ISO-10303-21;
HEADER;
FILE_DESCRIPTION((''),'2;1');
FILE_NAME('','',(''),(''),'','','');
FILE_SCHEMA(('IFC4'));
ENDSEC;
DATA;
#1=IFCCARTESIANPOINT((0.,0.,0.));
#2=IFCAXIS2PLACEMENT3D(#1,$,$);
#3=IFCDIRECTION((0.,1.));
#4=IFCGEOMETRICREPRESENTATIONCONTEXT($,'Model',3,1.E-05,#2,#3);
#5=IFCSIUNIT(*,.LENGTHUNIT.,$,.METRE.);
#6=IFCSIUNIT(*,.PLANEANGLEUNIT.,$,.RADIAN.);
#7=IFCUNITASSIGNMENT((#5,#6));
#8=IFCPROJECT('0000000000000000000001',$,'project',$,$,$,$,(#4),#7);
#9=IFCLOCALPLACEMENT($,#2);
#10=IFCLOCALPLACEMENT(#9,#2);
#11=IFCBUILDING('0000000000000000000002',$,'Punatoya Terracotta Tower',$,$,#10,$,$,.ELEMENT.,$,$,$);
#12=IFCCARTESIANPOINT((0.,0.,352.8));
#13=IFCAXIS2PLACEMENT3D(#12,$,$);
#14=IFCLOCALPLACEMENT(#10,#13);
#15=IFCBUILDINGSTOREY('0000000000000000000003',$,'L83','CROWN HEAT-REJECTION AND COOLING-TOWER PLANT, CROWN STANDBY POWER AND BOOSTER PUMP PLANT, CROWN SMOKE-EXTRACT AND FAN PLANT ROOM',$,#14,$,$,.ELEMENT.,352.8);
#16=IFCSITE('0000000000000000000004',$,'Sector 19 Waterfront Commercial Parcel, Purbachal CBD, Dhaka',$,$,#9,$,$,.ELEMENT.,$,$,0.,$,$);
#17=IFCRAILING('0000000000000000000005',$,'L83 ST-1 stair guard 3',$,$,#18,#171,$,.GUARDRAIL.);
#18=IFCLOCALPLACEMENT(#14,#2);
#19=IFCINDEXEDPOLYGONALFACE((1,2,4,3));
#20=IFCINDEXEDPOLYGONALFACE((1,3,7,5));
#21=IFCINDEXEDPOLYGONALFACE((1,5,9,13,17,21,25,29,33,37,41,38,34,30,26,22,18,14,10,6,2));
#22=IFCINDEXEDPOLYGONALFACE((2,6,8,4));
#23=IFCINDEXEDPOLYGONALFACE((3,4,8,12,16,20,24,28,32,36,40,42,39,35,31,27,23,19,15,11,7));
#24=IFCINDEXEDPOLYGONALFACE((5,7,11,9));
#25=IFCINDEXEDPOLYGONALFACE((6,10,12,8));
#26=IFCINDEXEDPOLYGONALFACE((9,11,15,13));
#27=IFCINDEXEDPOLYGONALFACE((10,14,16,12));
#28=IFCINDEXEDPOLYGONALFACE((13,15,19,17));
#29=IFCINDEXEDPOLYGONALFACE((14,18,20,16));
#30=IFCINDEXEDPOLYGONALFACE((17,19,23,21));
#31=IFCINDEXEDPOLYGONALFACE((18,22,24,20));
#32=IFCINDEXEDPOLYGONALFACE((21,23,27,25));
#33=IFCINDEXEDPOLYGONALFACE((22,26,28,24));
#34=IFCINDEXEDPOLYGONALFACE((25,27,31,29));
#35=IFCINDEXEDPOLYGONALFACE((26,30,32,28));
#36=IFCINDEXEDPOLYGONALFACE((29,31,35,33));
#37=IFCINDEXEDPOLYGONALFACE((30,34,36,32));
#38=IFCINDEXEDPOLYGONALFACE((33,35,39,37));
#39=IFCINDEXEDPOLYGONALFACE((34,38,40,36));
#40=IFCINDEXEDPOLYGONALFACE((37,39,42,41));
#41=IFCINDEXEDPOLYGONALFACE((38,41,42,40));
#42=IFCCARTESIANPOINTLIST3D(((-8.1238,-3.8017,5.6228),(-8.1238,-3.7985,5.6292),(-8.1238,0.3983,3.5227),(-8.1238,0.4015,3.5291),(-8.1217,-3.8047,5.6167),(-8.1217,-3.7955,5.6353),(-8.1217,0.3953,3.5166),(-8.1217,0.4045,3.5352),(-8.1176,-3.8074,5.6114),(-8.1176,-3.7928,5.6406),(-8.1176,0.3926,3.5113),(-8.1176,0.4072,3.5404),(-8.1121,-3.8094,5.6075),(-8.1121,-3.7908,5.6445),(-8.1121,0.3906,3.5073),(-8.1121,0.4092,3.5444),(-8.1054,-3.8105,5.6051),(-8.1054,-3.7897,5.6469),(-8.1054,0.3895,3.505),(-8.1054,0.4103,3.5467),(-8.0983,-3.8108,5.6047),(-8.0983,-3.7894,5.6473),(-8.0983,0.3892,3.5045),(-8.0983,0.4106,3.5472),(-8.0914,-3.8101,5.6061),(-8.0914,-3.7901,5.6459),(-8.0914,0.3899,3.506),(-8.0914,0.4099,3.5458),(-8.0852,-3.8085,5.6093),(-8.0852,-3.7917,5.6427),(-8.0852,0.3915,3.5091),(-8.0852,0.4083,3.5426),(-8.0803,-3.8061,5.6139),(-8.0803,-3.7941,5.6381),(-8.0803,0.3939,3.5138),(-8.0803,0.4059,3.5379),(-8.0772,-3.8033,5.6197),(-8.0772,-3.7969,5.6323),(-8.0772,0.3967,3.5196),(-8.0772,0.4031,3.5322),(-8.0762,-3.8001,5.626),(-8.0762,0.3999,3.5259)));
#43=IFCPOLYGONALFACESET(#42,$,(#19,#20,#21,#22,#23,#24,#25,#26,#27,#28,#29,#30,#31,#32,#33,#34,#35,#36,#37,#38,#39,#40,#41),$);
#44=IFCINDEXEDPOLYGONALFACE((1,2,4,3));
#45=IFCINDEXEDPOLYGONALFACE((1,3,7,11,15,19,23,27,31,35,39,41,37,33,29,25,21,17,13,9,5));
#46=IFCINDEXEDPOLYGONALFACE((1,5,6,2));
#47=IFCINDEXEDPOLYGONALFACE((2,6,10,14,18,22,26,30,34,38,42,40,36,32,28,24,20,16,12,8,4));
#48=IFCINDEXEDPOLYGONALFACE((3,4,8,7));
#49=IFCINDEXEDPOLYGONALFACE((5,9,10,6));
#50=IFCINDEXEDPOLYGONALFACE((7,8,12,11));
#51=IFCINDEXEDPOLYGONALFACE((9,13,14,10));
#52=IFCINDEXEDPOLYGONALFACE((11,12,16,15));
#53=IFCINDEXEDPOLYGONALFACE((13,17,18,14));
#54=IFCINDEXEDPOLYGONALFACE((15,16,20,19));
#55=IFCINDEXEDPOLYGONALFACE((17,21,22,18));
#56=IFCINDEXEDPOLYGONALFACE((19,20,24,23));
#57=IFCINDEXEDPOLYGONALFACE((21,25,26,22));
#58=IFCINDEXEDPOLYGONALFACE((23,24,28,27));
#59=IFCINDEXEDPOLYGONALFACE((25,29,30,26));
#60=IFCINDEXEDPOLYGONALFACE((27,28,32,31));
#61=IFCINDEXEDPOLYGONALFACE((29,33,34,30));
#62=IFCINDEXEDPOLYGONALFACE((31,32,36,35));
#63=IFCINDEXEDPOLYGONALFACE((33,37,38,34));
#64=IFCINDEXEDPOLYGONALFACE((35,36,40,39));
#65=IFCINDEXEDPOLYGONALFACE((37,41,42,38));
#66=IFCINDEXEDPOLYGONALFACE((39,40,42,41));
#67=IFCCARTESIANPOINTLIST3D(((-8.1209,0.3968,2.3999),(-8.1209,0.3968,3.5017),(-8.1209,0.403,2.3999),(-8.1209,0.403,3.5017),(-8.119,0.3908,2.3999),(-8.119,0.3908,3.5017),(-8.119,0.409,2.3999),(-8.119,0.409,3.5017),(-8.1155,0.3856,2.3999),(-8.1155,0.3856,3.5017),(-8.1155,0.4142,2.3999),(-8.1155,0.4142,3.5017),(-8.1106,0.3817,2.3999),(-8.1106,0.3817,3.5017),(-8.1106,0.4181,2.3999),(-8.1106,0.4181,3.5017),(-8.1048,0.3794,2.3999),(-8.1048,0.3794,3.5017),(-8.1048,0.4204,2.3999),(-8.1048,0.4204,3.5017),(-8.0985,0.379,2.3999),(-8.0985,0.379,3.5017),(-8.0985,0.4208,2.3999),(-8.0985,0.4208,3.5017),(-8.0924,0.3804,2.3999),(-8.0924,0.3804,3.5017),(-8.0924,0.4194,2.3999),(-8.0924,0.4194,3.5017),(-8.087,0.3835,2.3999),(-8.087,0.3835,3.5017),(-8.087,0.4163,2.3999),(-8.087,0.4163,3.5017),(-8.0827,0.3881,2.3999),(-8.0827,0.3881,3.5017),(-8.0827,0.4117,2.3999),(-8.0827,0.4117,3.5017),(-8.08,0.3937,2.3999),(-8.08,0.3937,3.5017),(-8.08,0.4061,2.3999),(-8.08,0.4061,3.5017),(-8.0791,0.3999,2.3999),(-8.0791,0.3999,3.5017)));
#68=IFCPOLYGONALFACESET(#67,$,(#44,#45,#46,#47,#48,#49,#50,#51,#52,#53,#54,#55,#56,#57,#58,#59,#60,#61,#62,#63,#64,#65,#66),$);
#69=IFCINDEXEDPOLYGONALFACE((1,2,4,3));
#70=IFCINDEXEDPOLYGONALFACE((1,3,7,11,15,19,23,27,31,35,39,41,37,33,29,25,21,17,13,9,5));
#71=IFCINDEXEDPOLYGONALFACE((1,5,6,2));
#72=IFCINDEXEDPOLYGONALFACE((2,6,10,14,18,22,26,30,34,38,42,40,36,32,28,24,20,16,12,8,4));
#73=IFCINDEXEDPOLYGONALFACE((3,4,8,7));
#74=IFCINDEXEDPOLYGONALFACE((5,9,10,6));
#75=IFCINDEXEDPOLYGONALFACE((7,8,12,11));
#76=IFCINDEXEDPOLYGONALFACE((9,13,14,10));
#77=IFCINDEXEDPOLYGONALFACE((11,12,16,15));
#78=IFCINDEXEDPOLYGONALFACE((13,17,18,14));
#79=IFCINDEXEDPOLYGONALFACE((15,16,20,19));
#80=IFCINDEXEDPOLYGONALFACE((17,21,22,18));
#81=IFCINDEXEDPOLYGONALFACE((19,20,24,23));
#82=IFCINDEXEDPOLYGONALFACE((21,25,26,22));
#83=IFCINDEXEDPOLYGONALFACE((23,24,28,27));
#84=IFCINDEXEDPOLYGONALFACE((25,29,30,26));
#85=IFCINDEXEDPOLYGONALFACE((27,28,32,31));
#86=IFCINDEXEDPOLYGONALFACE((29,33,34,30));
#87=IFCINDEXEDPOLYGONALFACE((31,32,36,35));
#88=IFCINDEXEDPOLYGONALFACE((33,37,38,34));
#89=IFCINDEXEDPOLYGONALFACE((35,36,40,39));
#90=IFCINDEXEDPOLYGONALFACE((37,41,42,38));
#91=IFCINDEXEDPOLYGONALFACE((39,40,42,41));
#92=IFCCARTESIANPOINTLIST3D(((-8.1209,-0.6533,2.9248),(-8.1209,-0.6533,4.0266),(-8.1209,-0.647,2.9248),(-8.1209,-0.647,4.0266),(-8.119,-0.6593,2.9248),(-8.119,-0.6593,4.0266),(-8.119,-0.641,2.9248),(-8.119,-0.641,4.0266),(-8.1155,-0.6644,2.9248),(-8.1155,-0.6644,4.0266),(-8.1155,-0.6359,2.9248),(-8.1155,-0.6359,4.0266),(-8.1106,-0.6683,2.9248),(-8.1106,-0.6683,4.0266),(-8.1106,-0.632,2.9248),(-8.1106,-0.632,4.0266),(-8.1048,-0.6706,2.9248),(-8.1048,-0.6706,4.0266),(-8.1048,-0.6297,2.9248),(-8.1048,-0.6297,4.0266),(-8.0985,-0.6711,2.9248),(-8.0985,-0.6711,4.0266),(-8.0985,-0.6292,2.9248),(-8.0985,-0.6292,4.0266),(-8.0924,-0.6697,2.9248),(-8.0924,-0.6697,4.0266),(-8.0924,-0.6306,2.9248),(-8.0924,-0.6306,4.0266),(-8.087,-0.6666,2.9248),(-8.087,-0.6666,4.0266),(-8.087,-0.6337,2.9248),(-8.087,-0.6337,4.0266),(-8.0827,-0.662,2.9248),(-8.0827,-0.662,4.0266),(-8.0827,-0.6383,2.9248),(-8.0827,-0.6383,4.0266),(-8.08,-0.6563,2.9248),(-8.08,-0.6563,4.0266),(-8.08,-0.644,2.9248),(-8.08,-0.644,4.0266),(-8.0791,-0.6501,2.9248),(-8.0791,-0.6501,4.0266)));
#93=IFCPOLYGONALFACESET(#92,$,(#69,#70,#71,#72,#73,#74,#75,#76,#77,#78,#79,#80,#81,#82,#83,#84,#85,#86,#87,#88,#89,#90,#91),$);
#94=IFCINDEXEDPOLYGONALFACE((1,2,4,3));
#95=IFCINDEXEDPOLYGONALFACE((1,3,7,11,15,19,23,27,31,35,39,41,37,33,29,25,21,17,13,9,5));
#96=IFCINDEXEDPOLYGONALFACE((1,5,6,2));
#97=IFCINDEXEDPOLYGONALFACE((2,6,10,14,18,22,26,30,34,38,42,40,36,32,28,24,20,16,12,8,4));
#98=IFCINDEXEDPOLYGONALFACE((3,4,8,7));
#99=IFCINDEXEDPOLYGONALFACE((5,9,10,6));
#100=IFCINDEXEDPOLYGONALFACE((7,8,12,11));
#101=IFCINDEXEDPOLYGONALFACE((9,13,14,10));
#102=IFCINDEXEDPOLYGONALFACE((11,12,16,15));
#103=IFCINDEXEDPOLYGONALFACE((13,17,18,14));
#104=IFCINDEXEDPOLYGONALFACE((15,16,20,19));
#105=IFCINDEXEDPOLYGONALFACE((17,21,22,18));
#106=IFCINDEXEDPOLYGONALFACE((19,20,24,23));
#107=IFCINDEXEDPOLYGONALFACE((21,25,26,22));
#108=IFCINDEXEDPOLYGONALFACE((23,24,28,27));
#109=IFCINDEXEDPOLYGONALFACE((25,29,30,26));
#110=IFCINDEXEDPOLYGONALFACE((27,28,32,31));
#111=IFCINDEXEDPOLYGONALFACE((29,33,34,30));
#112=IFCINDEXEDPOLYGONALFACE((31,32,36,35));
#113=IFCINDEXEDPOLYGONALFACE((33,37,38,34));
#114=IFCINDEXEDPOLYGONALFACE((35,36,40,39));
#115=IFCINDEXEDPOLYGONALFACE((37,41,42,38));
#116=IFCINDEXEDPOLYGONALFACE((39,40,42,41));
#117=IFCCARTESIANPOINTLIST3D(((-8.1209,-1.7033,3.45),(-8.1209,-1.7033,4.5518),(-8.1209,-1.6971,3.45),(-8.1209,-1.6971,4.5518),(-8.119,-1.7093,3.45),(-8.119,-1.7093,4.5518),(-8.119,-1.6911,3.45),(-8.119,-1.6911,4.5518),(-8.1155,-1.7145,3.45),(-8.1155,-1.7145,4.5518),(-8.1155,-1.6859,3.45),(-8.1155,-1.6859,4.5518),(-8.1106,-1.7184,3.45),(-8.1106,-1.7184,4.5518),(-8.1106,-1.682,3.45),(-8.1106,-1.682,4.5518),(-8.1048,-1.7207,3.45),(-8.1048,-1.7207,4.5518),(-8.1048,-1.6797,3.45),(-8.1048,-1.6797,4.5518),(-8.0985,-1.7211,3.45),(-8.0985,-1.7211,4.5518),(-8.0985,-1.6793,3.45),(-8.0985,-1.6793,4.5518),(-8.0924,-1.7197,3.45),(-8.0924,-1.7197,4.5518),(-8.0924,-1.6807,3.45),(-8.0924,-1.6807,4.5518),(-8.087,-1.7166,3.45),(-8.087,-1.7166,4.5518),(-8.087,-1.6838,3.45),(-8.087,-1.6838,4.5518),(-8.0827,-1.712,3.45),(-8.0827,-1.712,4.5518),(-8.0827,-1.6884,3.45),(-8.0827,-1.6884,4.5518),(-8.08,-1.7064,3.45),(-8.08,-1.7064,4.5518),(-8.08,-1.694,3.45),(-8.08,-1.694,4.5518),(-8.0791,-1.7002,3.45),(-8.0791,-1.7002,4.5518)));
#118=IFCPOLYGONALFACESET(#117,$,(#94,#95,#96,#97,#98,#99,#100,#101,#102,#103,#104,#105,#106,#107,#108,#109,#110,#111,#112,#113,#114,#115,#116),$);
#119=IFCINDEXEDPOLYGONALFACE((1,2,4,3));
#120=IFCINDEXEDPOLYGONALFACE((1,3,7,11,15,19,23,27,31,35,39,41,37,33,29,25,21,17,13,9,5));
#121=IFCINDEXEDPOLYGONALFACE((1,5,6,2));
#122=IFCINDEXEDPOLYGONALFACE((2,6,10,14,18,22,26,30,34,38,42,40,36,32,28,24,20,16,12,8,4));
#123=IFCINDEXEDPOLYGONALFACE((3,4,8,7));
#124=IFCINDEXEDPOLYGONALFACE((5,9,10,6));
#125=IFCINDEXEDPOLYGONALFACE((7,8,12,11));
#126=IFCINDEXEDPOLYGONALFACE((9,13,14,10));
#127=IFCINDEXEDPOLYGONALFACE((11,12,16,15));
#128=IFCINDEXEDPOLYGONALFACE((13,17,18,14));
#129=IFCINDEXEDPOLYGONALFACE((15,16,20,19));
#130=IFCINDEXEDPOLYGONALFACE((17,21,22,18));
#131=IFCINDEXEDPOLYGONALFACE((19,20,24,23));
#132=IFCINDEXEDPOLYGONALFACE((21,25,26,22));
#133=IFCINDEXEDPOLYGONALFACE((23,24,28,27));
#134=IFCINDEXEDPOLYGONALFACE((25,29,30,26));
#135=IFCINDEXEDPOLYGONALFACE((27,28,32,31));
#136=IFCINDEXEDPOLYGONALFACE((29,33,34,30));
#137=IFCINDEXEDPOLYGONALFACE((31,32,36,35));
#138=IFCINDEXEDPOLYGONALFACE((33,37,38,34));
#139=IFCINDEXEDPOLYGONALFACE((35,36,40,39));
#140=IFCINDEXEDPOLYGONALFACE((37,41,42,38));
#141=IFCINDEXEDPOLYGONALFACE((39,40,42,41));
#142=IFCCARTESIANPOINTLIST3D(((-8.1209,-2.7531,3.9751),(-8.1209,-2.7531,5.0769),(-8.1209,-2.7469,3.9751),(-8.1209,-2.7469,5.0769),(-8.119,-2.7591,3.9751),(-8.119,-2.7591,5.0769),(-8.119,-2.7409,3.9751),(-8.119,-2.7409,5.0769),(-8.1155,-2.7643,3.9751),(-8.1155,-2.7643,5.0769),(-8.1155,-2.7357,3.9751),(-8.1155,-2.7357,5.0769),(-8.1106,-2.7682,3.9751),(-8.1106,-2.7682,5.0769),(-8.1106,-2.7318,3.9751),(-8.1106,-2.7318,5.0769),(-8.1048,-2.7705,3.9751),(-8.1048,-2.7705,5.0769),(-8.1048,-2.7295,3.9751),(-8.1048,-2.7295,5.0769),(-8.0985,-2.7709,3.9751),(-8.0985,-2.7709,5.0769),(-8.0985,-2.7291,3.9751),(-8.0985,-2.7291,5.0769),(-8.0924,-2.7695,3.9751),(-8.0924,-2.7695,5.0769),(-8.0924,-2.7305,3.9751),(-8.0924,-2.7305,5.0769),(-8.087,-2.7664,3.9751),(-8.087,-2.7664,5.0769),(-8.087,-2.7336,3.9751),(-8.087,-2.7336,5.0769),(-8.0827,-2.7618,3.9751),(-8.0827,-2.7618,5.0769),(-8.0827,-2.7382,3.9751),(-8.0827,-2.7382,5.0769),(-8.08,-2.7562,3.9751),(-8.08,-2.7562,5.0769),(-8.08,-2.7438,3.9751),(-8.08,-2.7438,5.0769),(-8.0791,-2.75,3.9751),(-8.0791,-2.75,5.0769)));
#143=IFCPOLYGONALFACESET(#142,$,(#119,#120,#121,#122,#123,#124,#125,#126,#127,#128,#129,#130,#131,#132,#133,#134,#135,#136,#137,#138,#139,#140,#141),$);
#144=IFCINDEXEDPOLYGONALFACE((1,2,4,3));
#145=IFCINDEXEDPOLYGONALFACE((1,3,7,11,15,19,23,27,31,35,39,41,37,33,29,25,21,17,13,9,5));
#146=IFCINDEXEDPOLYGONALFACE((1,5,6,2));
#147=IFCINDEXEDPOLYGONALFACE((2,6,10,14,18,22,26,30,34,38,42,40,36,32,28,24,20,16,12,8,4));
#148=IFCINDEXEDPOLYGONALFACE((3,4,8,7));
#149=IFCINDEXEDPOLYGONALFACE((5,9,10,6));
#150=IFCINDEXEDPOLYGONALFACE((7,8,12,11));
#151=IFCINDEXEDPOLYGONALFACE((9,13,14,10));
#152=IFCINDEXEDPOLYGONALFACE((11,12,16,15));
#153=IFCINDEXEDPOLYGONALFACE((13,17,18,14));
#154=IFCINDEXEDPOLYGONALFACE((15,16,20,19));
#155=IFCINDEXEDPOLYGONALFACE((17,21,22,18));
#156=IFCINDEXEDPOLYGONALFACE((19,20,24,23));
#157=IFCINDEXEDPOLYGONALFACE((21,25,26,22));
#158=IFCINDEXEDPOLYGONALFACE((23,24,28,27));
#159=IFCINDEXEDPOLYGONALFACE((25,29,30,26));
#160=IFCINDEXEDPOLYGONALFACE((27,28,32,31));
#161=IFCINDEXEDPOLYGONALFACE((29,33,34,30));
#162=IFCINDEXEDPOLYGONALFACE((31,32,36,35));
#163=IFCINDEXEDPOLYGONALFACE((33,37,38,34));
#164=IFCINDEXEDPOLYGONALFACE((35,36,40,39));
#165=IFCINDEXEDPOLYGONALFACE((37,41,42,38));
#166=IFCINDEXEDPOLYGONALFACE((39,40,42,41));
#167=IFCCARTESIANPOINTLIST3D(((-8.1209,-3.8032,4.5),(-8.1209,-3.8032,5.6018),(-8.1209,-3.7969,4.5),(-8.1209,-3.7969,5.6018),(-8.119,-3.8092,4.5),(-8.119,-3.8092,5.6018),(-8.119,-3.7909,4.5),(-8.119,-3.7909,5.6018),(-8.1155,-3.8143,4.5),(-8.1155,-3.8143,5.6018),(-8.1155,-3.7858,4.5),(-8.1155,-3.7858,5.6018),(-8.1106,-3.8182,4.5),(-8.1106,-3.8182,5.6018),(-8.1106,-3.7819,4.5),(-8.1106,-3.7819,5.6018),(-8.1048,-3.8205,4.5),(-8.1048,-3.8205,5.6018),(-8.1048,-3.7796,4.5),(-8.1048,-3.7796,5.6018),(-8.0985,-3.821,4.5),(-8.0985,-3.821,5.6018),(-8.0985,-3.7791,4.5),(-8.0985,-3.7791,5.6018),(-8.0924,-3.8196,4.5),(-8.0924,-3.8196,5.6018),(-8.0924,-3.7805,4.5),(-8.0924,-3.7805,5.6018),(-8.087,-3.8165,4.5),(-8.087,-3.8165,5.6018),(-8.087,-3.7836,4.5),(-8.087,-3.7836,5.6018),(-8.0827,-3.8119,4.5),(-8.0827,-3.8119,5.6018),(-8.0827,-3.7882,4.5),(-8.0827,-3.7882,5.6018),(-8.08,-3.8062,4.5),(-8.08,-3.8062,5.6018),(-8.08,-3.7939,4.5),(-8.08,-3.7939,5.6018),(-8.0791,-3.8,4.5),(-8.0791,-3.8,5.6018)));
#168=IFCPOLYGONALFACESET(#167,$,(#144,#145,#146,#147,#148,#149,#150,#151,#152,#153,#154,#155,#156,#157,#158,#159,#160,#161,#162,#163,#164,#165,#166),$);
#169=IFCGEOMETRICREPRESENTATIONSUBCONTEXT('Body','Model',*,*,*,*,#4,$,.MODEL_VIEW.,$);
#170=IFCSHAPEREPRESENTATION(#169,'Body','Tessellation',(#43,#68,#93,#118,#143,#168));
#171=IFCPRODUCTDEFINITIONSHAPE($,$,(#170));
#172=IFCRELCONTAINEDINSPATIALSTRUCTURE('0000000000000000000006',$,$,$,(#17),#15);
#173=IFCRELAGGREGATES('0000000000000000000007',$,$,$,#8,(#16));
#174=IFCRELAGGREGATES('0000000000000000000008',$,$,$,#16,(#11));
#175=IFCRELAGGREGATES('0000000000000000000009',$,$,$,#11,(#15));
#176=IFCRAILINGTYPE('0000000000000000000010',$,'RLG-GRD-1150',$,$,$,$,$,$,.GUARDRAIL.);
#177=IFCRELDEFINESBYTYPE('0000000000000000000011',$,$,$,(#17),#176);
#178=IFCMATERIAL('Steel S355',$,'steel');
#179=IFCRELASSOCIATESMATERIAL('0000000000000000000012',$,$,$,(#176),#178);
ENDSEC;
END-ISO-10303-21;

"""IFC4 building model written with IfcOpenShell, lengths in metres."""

from ifc_helpers import new_model, si_unit, direction, frame, origin, origin_2d, place, context, subcontext, project, spatial, circle, extrude, material, type_object, element, save


model = new_model("IFC4")

# Units and contexts
model_context = context("Model", 3, precision=1e-05, world=origin(), true_north=direction((0.0, 1.0)))
body_context = subcontext(model_context, "Body", "Model", "MODEL_VIEW")
ifc_project = project(units=[si_unit("LENGTHUNIT", "METRE"), si_unit("PLANEANGLEUNIT", "RADIAN")], contexts=[model_context])

# Site, building, storey
site_placement = place(None, origin())
site = spatial("IfcSite", under=ifc_project, at=site_placement, Name="Sector 19 Waterfront Commercial Parcel, Purbachal CBD, Dhaka", CompositionType="ELEMENT", RefElevation=0.0)
building_placement = place(site_placement, origin())
building = spatial("IfcBuilding", under=site, at=building_placement, Name="Punatoya Terracotta Tower", CompositionType="ELEMENT")
storey_placement = place(building_placement, frame((0.0, 0.0, 352.8)))
storey = spatial("IfcBuildingStorey", under=building, at=storey_placement, Name="L83", Description="CROWN HEAT-REJECTION AND COOLING-TOWER PLANT, CROWN STANDBY POWER AND BOOSTER PUMP PLANT, CROWN SMOKE-EXTRACT AND FAN PLANT ROOM", CompositionType="ELEMENT", Elevation=352.8)

# Shared definitions
ifc_material_1 = material(Name="Steel S355", Category="steel")

# Railing
railing_type_1 = type_object("IfcRailingType", Name="RLG-GRD-1150", PredefinedType="GUARDRAIL", material=ifc_material_1)
railing_1_placement = place(storey_placement, frame((-8.1001, 0.3999, 2.3999)))
element("IfcRailing", 1, at=railing_1_placement, inside=storey, type_object=railing_type_1, Name="L83 ST-1 stair guard 3", PredefinedType="GUARDRAIL", context=body_context, shape_type="SweptSolid", body=[
    extrude(circle(Radius=0.0239, at=origin_2d()), frame((0.0, 0.0, 1.126), z_axis=(0.0, -0.894417, 0.447234), x_axis=(1.0, 0.0, 0.0)), (0.0, 0.0, 1.0), 4.6958),
    extrude(circle(Radius=0.021, at=origin_2d()), origin(), (0.0, 0.0, 1.0), 1.1018),
    extrude(circle(Radius=0.021, at=origin_2d()), frame((0.0, -1.05, 0.5249)), (0.0, 0.0, 1.0), 1.1018),
    extrude(circle(Radius=0.021, at=origin_2d()), frame((0.0, -2.1001, 1.05)), (0.0, 0.0, 1.0), 1.1018),
    extrude(circle(Radius=0.021, at=origin_2d()), frame((0.0, -3.1499, 1.5752)), (0.0, 0.0, 1.0), 1.1018),
    extrude(circle(Radius=0.021, at=origin_2d()), frame((0.0, -4.2, 2.1001)), (0.0, 0.0, 1.0), 1.1018),
])

save(model, "model.ifc")
